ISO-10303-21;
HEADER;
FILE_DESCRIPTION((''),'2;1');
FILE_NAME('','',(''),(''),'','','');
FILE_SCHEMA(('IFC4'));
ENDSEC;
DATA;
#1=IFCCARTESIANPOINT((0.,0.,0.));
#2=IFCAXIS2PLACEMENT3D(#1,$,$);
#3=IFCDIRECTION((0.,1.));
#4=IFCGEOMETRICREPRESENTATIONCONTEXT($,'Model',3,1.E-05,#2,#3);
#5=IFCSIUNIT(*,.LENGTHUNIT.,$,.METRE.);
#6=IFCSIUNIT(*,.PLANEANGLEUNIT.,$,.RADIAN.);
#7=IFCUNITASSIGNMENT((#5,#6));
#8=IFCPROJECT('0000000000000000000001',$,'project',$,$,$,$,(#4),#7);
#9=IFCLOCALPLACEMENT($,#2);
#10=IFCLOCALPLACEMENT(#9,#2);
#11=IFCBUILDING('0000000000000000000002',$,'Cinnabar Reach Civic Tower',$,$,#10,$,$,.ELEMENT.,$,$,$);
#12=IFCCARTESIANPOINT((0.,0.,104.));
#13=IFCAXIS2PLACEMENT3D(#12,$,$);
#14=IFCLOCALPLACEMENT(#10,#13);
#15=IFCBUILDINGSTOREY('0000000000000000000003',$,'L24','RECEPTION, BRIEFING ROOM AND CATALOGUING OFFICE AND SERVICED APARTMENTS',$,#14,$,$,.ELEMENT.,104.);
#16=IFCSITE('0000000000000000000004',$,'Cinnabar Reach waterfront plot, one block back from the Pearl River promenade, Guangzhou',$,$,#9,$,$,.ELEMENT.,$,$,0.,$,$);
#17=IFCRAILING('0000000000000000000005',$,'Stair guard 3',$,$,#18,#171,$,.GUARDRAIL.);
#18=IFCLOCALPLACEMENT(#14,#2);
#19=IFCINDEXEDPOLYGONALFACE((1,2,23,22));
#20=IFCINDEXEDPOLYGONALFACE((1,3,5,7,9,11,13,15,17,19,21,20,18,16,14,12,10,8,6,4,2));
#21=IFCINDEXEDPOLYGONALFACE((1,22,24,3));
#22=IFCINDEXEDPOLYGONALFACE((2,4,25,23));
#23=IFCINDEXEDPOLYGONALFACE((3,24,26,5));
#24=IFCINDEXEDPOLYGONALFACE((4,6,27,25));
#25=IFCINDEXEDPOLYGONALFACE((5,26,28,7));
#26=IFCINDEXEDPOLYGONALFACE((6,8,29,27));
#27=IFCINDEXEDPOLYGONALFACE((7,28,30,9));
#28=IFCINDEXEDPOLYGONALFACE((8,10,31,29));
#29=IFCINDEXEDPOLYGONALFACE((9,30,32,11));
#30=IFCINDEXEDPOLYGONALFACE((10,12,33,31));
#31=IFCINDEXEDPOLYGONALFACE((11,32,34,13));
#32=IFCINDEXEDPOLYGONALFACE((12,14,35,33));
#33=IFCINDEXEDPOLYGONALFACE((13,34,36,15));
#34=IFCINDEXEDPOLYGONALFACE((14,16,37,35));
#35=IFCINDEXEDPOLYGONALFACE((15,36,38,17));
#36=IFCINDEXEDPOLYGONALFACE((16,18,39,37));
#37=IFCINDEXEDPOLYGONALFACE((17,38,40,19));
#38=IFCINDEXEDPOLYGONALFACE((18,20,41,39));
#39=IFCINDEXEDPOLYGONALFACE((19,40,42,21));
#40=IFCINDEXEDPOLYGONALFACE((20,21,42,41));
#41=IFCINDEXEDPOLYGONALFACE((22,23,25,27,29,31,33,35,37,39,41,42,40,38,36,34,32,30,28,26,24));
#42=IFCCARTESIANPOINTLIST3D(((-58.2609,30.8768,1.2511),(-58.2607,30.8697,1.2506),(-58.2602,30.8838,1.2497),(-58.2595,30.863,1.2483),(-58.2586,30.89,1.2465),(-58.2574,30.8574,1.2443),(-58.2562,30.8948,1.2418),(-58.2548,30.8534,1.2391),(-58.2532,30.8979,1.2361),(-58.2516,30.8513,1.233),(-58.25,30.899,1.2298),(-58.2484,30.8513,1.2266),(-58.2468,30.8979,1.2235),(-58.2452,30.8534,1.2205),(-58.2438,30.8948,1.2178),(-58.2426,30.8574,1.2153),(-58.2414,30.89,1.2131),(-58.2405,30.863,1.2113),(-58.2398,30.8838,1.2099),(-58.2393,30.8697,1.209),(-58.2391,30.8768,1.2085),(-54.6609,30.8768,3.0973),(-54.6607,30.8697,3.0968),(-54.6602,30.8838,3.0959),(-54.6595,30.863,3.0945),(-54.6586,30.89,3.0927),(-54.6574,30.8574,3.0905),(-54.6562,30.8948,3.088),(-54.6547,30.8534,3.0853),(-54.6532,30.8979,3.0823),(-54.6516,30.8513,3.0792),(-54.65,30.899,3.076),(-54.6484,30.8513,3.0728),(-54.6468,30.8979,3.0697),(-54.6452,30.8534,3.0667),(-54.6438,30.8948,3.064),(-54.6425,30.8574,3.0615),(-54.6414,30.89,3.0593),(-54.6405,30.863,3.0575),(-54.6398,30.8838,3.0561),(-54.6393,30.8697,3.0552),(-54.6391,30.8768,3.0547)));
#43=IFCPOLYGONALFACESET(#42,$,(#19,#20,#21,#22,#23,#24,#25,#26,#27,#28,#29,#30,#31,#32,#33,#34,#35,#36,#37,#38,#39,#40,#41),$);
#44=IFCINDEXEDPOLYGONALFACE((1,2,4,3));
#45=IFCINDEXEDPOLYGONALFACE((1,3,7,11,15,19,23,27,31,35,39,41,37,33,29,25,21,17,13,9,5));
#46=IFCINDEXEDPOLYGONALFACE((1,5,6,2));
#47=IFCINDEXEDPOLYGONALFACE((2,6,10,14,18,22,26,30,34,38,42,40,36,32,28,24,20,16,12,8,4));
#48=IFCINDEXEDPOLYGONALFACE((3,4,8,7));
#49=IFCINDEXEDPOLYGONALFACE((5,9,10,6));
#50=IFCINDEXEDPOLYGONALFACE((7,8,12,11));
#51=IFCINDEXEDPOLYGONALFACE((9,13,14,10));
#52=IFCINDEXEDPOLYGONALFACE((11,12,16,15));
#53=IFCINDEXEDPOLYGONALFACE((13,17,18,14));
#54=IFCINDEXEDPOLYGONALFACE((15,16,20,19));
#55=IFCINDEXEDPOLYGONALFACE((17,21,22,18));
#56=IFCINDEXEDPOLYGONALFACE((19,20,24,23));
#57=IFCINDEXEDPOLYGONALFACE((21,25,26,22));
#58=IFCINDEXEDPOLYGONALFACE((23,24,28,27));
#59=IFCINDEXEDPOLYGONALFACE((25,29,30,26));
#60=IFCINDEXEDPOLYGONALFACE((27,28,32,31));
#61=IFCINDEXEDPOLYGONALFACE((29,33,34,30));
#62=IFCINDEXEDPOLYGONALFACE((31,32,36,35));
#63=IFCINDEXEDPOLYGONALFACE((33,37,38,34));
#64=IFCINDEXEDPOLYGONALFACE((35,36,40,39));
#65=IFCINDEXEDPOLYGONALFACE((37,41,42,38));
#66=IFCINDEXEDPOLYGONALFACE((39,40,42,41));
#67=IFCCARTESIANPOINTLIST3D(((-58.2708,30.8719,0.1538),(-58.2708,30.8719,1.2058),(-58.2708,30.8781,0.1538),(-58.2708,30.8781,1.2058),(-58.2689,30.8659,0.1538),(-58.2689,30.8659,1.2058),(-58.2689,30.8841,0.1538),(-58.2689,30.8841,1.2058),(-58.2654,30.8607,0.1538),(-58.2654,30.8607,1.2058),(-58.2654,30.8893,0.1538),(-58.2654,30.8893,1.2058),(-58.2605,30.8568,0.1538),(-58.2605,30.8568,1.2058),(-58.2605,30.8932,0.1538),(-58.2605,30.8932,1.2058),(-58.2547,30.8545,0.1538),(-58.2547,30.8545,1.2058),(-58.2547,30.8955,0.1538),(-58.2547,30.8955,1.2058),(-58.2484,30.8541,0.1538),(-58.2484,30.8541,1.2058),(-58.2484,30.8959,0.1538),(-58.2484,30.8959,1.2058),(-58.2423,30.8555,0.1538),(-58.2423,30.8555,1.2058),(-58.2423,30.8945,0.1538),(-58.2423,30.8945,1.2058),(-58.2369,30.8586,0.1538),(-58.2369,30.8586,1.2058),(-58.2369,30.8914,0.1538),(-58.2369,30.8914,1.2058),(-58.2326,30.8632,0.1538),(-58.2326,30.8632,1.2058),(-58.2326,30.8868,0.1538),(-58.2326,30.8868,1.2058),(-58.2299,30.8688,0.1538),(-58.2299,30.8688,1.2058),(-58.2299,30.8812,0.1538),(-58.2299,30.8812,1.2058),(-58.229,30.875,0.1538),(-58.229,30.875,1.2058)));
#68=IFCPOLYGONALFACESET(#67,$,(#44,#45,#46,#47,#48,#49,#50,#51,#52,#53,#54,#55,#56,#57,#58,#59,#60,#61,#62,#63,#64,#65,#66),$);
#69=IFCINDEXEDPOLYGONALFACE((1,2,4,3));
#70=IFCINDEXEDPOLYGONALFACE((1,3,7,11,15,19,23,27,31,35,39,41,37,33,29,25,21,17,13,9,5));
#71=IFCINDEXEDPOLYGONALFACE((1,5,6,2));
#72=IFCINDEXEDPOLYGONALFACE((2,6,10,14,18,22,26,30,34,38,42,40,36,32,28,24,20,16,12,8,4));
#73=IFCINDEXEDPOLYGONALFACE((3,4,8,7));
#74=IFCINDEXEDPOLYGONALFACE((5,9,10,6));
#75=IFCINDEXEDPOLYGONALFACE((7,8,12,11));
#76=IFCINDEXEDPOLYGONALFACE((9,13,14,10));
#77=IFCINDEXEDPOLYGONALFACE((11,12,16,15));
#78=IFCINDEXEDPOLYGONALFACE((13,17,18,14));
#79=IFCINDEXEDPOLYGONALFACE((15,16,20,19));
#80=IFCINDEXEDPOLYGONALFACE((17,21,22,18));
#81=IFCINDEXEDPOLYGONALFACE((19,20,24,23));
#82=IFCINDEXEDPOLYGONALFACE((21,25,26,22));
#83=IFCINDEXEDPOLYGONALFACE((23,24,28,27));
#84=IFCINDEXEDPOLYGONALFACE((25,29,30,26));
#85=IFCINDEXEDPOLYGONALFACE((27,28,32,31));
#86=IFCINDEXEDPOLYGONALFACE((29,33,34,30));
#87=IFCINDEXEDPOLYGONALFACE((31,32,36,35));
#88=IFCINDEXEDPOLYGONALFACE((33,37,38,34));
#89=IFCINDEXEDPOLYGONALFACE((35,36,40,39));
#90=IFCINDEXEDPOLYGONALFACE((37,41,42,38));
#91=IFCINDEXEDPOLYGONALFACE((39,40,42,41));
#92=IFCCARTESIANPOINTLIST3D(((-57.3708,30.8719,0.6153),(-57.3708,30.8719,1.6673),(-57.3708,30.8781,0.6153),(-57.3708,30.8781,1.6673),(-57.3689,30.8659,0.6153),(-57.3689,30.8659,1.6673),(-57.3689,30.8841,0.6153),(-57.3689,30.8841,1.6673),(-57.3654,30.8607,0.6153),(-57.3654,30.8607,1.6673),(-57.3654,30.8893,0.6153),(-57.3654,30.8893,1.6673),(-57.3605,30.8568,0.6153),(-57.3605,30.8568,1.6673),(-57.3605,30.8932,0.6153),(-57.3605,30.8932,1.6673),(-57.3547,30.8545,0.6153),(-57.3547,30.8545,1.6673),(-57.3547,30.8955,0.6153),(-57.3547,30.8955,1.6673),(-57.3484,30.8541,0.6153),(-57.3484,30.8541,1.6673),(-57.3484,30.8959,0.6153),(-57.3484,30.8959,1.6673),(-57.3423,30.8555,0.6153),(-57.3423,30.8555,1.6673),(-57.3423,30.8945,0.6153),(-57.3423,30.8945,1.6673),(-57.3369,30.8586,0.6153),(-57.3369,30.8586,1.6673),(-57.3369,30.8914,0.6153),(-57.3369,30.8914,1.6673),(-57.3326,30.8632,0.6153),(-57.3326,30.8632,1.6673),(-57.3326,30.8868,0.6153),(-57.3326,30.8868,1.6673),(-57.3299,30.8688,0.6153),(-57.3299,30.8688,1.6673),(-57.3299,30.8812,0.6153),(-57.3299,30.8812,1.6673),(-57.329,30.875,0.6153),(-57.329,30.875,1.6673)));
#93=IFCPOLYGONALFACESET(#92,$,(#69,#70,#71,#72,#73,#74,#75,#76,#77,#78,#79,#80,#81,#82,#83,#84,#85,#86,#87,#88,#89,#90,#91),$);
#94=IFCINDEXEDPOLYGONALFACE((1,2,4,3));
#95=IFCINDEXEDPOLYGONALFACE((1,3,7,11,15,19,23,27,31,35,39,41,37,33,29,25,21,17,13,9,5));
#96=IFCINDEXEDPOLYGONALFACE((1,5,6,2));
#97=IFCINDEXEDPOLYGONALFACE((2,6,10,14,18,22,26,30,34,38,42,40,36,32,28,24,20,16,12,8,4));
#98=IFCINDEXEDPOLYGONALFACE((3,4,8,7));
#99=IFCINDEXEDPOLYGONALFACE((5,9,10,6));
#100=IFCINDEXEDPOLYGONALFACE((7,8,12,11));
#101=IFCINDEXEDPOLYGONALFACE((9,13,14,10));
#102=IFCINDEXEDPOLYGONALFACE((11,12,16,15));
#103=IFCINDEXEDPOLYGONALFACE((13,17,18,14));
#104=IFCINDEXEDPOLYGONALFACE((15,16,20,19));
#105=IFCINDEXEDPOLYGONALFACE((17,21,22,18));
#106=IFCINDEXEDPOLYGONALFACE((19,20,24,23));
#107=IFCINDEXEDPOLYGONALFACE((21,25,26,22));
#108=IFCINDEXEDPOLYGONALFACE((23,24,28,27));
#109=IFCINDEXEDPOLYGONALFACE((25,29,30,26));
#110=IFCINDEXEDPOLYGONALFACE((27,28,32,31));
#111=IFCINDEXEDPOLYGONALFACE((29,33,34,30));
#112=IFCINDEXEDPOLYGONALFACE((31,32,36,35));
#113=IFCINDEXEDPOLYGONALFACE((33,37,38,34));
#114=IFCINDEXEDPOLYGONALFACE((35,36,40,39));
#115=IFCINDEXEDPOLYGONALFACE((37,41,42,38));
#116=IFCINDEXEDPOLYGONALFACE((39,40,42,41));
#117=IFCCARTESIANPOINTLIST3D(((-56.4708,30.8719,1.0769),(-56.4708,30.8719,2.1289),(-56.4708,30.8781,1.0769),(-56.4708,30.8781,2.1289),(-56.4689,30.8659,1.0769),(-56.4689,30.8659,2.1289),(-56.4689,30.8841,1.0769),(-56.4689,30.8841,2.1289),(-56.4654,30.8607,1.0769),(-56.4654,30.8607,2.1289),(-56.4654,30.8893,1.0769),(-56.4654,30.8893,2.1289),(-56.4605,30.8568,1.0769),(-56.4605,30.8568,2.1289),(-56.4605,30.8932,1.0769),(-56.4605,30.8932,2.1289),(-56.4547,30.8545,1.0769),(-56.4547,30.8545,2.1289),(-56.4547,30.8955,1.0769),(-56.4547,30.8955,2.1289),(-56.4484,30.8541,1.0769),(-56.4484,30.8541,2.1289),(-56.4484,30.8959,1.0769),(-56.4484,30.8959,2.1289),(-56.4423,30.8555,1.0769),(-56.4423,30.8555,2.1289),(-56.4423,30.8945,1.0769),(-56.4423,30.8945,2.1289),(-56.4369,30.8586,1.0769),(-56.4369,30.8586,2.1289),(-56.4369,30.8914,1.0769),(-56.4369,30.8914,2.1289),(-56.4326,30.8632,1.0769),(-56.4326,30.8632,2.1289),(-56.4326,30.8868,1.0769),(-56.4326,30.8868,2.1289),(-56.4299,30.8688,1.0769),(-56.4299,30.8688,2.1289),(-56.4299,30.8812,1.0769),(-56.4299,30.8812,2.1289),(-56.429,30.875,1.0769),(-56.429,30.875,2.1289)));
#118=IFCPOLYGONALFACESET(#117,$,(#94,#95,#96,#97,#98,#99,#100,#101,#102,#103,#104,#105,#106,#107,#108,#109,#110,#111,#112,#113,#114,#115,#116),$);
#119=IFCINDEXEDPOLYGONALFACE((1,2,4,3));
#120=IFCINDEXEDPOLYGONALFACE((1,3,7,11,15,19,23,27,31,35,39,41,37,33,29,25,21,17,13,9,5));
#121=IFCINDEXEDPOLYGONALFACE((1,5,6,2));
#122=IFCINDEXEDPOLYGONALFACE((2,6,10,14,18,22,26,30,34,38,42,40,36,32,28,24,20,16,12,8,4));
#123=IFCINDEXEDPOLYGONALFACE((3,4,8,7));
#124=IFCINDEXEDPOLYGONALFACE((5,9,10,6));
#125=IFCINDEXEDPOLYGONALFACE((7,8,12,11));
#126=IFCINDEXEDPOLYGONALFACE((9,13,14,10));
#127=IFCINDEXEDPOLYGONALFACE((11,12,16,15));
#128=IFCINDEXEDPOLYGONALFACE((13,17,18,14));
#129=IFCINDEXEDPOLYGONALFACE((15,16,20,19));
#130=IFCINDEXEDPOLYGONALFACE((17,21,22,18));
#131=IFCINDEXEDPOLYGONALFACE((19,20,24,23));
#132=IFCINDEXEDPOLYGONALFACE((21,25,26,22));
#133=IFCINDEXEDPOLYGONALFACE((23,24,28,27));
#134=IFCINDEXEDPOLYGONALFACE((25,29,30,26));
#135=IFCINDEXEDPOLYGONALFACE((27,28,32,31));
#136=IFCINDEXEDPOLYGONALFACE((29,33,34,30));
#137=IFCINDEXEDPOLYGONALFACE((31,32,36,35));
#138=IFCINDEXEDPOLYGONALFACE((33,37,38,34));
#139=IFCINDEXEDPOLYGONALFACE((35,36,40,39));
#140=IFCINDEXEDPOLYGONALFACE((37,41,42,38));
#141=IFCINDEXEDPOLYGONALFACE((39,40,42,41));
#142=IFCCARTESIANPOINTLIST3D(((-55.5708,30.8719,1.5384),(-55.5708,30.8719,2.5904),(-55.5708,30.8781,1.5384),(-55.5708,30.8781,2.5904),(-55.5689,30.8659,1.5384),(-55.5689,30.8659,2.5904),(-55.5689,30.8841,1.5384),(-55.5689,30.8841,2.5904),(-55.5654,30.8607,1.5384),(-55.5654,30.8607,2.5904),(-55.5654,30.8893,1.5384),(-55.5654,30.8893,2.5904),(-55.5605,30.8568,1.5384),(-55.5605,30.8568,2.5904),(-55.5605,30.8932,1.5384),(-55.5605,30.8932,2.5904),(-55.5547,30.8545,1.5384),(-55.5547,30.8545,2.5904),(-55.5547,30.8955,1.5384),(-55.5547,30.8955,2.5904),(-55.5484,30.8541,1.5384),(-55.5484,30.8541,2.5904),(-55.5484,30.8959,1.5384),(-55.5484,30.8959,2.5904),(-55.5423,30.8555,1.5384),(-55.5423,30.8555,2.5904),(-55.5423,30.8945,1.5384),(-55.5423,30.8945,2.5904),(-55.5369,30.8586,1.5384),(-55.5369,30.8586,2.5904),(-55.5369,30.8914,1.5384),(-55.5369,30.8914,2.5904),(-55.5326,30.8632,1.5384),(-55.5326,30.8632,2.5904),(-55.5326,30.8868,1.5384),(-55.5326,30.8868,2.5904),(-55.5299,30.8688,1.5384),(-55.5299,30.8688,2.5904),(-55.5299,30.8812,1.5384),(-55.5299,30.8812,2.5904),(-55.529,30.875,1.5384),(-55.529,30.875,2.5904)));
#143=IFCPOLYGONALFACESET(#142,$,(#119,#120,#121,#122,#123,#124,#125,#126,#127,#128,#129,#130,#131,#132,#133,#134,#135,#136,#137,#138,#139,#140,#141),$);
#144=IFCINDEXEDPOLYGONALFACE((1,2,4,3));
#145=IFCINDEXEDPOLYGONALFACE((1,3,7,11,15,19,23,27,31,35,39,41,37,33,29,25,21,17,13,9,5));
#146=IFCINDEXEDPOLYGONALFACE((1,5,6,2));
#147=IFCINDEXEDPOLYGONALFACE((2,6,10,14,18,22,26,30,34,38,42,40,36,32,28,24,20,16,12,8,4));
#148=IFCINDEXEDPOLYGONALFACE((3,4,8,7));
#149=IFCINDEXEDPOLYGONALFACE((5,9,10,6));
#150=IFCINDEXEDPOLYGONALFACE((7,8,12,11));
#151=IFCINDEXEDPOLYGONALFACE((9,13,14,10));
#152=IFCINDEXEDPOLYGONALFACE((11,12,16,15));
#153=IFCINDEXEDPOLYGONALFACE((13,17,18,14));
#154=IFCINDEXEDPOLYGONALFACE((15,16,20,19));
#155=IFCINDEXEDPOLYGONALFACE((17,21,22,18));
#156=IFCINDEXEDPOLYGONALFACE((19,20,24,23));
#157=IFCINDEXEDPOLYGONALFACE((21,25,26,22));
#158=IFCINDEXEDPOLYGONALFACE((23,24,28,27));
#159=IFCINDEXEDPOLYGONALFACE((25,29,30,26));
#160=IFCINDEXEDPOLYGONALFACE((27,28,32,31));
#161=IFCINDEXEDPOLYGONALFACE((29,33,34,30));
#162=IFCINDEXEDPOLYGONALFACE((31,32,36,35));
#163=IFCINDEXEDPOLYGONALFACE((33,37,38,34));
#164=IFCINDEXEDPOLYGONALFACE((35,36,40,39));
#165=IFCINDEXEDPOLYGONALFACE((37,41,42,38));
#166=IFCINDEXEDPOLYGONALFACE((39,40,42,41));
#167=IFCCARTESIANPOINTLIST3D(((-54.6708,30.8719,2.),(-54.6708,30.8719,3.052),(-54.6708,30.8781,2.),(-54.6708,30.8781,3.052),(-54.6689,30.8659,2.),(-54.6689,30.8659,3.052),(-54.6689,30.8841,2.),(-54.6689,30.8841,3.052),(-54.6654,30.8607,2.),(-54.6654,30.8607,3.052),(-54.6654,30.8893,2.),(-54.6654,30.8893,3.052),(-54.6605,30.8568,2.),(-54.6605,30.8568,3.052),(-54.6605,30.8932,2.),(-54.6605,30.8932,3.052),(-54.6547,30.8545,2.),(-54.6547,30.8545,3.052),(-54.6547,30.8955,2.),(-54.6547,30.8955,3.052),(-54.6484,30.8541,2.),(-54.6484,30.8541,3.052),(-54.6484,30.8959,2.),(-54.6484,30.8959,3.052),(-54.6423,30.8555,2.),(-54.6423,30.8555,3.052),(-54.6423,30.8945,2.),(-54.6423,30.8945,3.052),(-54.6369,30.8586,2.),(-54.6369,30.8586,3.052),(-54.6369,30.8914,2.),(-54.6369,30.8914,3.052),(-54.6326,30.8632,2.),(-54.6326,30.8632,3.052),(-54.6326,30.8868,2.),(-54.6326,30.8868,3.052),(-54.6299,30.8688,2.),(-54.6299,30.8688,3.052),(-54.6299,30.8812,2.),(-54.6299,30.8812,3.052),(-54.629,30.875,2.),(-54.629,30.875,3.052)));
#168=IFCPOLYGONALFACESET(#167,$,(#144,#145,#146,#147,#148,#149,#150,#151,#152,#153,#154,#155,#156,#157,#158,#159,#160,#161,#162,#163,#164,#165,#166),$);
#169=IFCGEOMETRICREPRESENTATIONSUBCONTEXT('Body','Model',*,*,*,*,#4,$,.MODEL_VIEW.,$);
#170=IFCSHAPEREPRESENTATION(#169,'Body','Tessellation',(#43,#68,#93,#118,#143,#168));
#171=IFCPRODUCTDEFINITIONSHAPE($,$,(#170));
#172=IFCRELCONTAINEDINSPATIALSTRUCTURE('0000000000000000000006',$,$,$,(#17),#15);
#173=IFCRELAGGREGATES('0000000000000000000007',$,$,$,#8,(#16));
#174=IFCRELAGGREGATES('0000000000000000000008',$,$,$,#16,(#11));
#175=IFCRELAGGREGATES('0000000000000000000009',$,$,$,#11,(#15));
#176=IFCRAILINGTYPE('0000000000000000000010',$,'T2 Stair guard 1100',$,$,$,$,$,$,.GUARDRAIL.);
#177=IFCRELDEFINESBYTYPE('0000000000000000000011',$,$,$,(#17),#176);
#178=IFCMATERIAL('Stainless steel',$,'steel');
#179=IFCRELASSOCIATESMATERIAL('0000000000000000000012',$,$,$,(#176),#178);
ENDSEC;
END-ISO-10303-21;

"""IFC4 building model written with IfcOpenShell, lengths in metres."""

from ifc_helpers import new_model, si_unit, direction, frame, origin, origin_2d, place, context, subcontext, project, spatial, circle, extrude, material, type_object, element, save


model = new_model("IFC4")

# Units and contexts
model_context = context("Model", 3, precision=1e-05, world=origin(), true_north=direction((0.0, 1.0)))
body_context = subcontext(model_context, "Body", "Model", "MODEL_VIEW")
ifc_project = project(units=[si_unit("LENGTHUNIT", "METRE"), si_unit("PLANEANGLEUNIT", "RADIAN")], contexts=[model_context])

# Site, building, storey
site_placement = place(None, origin())
site = spatial("IfcSite", under=ifc_project, at=site_placement, Name="Cinnabar Reach waterfront plot, one block back from the Pearl River promenade, Guangzhou", CompositionType="ELEMENT", RefElevation=0.0)
building_placement = place(site_placement, origin())
building = spatial("IfcBuilding", under=site, at=building_placement, Name="Cinnabar Reach Civic Tower", CompositionType="ELEMENT")
storey_placement = place(building_placement, frame((0.0, 0.0, 104.0)))
storey = spatial("IfcBuildingStorey", under=building, at=storey_placement, Name="L24", Description="RECEPTION, BRIEFING ROOM AND CATALOGUING OFFICE AND SERVICED APARTMENTS", CompositionType="ELEMENT", Elevation=104.0)

# Railing
ifc_material_1 = material(Name="Stainless steel", Category="steel")
railing_type = type_object("IfcRailingType", Name="T2 Stair guard 1100", PredefinedType="GUARDRAIL", material=ifc_material_1)
railing_1_placement = place(storey_placement, frame((-58.25, 30.875, 0.1538)))
element("IfcRailing", 1, at=railing_1_placement, inside=storey, type_object=railing_type, Name="Stair guard 3", PredefinedType="GUARDRAIL", context=body_context, shape_type="SweptSolid", body=[
    extrude(circle(Radius=0.024, at=origin_2d()), frame((0.0, 0.0, 1.076), z_axis=(0.889813, 0.0, 0.456326), x_axis=(0.0, 1.0, 0.0)), (0.0, 0.0, 1.0), 4.0458),
    extrude(circle(Radius=0.021, at=origin_2d()), origin(), (0.0, 0.0, 1.0), 1.052),
    extrude(circle(Radius=0.021, at=origin_2d()), frame((0.9, 0.0, 0.4615)), (0.0, 0.0, 1.0), 1.052),
    extrude(circle(Radius=0.021, at=origin_2d()), frame((1.8, 0.0, 0.9231)), (0.0, 0.0, 1.0), 1.052),
    extrude(circle(Radius=0.021, at=origin_2d()), frame((2.7, 0.0, 1.3846)), (0.0, 0.0, 1.0), 1.052),
    extrude(circle(Radius=0.021, at=origin_2d()), frame((3.6, 0.0, 1.8462)), (0.0, 0.0, 1.0), 1.052),
])

save(model, "model.ifc")
